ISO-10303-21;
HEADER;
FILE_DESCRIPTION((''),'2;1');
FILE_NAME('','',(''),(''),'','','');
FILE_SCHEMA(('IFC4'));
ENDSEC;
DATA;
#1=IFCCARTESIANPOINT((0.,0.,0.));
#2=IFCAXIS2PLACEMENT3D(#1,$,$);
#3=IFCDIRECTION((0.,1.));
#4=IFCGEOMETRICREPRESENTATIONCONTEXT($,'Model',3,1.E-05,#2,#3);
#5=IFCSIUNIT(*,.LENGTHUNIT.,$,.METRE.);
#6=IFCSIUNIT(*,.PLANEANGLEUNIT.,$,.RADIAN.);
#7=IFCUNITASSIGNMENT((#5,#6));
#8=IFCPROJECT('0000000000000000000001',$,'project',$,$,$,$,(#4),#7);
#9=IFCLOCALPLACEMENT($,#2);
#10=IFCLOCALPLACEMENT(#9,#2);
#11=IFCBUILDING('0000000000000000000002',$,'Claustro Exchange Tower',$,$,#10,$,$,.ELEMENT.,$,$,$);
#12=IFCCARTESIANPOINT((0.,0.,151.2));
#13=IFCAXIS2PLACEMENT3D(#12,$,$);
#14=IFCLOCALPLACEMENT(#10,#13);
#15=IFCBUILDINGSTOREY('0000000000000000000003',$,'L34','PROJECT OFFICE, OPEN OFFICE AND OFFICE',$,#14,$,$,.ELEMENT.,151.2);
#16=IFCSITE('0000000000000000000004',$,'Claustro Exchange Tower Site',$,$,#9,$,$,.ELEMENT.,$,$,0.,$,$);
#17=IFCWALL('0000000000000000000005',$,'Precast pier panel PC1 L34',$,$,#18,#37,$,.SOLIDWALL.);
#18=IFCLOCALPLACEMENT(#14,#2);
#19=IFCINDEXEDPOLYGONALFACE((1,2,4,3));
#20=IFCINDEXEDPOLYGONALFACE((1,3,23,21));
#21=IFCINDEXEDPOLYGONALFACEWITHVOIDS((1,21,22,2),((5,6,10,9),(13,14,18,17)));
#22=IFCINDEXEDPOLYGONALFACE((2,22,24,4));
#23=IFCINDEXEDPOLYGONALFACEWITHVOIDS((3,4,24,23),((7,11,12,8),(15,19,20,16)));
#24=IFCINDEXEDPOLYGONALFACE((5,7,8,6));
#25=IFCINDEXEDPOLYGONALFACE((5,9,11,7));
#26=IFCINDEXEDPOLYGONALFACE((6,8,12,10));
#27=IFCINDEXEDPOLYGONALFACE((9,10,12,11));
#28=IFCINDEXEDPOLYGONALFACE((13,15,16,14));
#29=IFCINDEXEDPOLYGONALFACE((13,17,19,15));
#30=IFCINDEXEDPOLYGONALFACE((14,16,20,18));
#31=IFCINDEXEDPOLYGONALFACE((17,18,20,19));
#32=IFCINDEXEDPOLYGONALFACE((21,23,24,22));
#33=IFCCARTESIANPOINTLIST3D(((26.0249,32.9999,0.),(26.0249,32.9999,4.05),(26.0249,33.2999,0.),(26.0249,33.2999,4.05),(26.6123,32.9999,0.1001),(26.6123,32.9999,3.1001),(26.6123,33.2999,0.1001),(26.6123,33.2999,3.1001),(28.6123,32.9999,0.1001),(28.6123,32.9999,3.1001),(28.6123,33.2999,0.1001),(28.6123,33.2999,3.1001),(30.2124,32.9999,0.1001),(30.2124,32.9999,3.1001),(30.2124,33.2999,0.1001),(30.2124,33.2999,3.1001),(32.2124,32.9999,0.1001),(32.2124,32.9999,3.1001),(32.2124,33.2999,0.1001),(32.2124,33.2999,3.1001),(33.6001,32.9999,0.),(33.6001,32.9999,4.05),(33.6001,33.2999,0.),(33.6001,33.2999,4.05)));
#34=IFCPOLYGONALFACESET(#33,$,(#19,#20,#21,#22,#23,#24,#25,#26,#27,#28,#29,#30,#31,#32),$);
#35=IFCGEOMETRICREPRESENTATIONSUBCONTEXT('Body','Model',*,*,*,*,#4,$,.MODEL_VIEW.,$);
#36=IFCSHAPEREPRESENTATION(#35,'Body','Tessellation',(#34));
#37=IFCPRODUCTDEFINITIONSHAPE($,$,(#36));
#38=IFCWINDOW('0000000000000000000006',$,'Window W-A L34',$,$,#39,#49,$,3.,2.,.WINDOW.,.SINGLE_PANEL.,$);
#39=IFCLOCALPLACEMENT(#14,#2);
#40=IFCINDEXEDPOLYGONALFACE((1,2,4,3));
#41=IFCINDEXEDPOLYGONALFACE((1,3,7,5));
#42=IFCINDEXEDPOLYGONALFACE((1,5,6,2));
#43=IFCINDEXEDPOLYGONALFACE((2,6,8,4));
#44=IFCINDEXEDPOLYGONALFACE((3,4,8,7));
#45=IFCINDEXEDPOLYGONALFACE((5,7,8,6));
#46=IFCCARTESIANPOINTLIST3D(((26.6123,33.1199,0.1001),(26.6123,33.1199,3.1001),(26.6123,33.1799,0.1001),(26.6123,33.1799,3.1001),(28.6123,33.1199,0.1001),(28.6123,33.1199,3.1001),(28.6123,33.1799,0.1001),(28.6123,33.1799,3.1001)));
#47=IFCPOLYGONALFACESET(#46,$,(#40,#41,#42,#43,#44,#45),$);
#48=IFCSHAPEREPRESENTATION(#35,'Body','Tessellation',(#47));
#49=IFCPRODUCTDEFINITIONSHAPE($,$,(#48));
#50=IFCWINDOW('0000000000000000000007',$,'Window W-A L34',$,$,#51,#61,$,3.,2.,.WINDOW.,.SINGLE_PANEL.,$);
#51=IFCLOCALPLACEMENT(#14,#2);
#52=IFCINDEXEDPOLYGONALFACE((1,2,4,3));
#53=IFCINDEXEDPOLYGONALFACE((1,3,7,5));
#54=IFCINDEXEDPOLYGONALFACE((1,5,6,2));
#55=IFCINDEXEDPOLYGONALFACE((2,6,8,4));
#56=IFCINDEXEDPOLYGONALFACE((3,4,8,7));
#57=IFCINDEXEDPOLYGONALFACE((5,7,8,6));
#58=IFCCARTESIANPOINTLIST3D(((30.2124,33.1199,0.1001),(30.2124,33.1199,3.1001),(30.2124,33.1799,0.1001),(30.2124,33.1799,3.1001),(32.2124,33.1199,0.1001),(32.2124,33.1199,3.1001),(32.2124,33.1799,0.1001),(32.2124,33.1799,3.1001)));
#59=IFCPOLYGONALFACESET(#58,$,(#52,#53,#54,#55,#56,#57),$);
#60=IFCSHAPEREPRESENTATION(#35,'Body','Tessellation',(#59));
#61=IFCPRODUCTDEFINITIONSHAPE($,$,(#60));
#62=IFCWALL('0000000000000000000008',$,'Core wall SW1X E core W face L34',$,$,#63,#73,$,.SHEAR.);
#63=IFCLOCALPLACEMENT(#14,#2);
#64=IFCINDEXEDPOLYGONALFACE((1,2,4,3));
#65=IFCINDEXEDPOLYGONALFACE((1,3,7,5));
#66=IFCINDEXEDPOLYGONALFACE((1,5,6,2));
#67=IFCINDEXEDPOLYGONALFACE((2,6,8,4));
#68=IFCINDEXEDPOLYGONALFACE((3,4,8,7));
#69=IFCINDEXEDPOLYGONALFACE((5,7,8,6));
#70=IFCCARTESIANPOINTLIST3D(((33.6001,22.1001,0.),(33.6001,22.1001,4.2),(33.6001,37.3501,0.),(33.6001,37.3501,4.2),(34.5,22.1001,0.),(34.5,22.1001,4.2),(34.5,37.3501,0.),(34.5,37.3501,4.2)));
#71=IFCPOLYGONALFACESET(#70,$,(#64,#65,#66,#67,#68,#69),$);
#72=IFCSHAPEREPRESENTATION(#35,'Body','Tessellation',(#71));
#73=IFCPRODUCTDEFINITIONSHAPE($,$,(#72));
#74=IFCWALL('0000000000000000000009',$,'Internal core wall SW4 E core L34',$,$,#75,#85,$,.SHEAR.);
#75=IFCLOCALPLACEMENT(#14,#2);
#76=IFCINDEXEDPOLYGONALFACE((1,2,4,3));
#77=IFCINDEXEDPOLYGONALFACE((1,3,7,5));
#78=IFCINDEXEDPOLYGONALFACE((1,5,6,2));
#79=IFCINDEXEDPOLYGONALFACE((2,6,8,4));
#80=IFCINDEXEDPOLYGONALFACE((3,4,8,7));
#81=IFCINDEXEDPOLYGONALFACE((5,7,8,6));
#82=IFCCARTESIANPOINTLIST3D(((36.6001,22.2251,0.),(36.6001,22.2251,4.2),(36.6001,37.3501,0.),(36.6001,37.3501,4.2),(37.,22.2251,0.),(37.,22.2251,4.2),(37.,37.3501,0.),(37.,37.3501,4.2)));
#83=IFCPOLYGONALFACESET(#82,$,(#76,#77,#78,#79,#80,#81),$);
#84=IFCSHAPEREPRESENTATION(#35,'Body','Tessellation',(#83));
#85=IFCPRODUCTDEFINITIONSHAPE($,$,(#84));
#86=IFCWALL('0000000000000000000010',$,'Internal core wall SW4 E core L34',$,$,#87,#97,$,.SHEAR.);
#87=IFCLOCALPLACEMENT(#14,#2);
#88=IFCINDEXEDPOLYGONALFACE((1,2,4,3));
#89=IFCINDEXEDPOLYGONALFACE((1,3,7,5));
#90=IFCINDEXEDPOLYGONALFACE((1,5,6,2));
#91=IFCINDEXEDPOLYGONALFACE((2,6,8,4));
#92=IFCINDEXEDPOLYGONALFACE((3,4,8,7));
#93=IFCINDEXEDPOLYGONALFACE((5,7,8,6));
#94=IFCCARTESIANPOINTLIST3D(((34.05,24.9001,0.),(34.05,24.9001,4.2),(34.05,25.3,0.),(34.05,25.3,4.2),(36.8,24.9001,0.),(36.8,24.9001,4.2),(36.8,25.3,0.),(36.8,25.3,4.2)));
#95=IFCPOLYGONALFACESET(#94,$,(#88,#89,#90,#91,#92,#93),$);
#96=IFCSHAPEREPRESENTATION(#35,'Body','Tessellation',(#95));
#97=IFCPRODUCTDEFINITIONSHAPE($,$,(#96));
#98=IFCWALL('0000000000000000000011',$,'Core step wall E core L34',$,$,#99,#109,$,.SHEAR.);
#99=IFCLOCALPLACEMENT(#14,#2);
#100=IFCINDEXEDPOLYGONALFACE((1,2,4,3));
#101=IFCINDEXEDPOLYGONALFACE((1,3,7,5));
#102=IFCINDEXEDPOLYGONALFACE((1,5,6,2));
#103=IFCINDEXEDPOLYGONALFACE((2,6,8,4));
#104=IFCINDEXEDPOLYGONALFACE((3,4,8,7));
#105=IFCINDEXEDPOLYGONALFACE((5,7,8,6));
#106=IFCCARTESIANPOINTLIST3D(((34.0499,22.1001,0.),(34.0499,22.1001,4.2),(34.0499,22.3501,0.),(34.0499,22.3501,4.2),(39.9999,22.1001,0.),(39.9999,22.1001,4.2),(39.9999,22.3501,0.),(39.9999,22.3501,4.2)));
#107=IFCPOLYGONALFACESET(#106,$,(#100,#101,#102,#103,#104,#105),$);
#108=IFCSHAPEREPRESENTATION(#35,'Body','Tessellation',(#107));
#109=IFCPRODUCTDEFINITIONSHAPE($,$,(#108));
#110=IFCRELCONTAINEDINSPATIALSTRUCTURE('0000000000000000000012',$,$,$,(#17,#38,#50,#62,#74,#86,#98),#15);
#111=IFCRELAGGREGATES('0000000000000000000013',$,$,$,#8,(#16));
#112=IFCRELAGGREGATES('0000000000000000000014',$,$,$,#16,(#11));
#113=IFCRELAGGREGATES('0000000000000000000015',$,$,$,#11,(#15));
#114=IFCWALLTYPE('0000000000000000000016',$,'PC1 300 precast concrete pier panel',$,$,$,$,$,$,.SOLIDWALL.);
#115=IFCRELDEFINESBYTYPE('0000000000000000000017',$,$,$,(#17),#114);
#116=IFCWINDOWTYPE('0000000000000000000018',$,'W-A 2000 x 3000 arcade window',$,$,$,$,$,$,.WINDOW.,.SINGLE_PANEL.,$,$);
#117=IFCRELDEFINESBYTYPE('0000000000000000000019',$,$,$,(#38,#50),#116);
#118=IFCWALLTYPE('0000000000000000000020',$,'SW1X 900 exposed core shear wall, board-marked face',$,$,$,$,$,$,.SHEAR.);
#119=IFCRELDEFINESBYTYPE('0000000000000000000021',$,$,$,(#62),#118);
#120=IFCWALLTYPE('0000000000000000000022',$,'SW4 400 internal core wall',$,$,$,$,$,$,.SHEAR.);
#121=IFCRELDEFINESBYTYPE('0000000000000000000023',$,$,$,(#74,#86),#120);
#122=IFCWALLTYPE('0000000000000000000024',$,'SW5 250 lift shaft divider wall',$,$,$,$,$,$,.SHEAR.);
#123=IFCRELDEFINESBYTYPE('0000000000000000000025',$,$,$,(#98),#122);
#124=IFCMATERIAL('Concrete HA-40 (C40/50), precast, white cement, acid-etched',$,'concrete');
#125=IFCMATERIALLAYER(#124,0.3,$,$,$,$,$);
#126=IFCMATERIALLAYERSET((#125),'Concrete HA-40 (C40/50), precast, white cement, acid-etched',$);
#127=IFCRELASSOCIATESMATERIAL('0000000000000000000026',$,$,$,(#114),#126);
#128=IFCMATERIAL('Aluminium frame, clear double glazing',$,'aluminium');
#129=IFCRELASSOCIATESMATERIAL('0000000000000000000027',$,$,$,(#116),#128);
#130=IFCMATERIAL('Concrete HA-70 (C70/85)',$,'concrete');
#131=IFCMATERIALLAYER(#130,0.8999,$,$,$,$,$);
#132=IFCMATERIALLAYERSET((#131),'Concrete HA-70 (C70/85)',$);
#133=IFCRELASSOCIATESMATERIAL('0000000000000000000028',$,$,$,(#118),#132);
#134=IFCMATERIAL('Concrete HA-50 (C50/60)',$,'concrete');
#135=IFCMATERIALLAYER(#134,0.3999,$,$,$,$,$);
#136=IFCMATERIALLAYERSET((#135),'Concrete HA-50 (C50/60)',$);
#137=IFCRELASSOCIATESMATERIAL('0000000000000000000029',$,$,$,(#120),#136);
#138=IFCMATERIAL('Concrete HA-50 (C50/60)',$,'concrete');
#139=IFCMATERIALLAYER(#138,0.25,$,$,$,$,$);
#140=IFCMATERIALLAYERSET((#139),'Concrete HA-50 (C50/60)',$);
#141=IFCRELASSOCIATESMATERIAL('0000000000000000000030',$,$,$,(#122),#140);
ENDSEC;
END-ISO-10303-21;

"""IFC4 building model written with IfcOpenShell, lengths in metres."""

from ifc_helpers import new_model, si_unit, direction, frame, frame_2d, origin, place, context, subcontext, project, spatial, rectangle, extrude, material, layer, layer_set, type_object, element, fill, save


model = new_model("IFC4")

# Units and contexts
model_context = context("Model", 3, precision=1e-05, world=origin(), true_north=direction((0.0, 1.0)))
body_context = subcontext(model_context, "Body", "Model", "MODEL_VIEW")
ifc_project = project(units=[si_unit("LENGTHUNIT", "METRE"), si_unit("PLANEANGLEUNIT", "RADIAN")], contexts=[model_context])

# Site, building, storey
site_placement = place(None, origin())
site = spatial("IfcSite", under=ifc_project, at=site_placement, Name="Claustro Exchange Tower Site", CompositionType="ELEMENT", RefElevation=0.0)
building_placement = place(site_placement, origin())
building = spatial("IfcBuilding", under=site, at=building_placement, Name="Claustro Exchange Tower", CompositionType="ELEMENT")
storey_placement = place(building_placement, frame((0.0, 0.0, 151.2)))
storey = spatial("IfcBuildingStorey", under=building, at=storey_placement, Name="L34", Description="PROJECT OFFICE, OPEN OFFICE AND OFFICE", CompositionType="ELEMENT", Elevation=151.2)

# Wall, openings, windows
ifc_material_1 = material(Name="Concrete HA-40 (C40/50), precast, white cement, acid-etched", Category="concrete")
ifc_layer_1 = layer(ifc_material_1, 0.3)
ifc_layer_set_1 = layer_set([ifc_layer_1], Name="Concrete HA-40 (C40/50), precast, white cement, acid-etched")
wall_type_1 = type_object("IfcWallType", Name="PC1 300 precast concrete pier panel", PredefinedType="SOLIDWALL", material=ifc_layer_set_1)
wall_1_placement = place(storey_placement, frame((26.0249, 33.1499, 0.0), z_axis=(0.0, 0.0, 1.0), x_axis=(1.0, 0.0, 0.0)))
wall_1 = element("IfcWall", 1, at=wall_1_placement, inside=storey, type_object=wall_type_1, Name="Precast pier panel PC1 L34", PredefinedType="SOLIDWALL", context=body_context, shape_type="SweptSolid", body=[
    extrude(rectangle(XDim=7.5752, YDim=0.3, at=frame_2d((3.7876, 0.0))), origin(), (0.0, 0.0, 1.0), 4.05),
])
opening_1_placement = place(wall_1_placement, frame((0.5874, 0.0, 0.1001)))
opening_1 = element("IfcOpeningElement", 2, at=opening_1_placement, cuts=wall_1, PredefinedType="OPENING", context=body_context, shape_type="SweptSolid", body=[
    extrude(rectangle(XDim=2.0, YDim=3.0, at=frame_2d((1.0, 1.5))), frame((0.0, 0.1599, 0.0), z_axis=(0.0, -1.0, 0.0), x_axis=(1.0, 0.0, 0.0)), (0.0, 0.0, 1.0), 0.3201),
])
opening_2_placement = place(wall_1_placement, frame((4.1875, 0.0, 0.1001)))
opening_2 = element("IfcOpeningElement", 3, at=opening_2_placement, cuts=wall_1, PredefinedType="OPENING", context=body_context, shape_type="SweptSolid", body=[
    extrude(rectangle(XDim=2.0, YDim=3.0, at=frame_2d((1.0, 1.5))), frame((0.0, 0.1599, 0.0), z_axis=(0.0, -1.0, 0.0), x_axis=(1.0, 0.0, 0.0)), (0.0, 0.0, 1.0), 0.3201),
])
ifc_material_2 = material(Name="Aluminium frame, clear double glazing", Category="aluminium")
window_type = type_object("IfcWindowType", Name="W-A 2000 x 3000 arcade window", PartitioningType="SINGLE_PANEL", PredefinedType="WINDOW", material=ifc_material_2)
window_1_placement = place(opening_1_placement, origin())
window_1 = element("IfcWindow", 4, at=window_1_placement, inside=storey, type_object=window_type, Name="Window W-A L34", OverallHeight=3.0, OverallWidth=2.0, PartitioningType="SINGLE_PANEL", PredefinedType="WINDOW", context=body_context, shape_type="SweptSolid", body=[
    extrude(rectangle(XDim=2.0, YDim=3.0, at=frame_2d((1.0, 1.5))), frame((0.0, 0.03, 0.0), z_axis=(0.0, -1.0, 0.0), x_axis=(1.0, 0.0, 0.0)), (0.0, 0.0, 1.0), 0.0601),
])
fill(opening_1, window_1)
window_2_placement = place(opening_2_placement, origin())
window_2 = element("IfcWindow", 5, at=window_2_placement, inside=storey, type_object=window_type, Name="Window W-A L34", OverallHeight=3.0, OverallWidth=2.0, PartitioningType="SINGLE_PANEL", PredefinedType="WINDOW", context=body_context, shape_type="SweptSolid", body=[
    extrude(rectangle(XDim=2.0, YDim=3.0, at=frame_2d((1.0, 1.5))), frame((0.0, 0.03, 0.0), z_axis=(0.0, -1.0, 0.0), x_axis=(1.0, 0.0, 0.0)), (0.0, 0.0, 1.0), 0.0601),
])
fill(opening_2, window_2)

# Walls
ifc_material_3 = material(Name="Concrete HA-70 (C70/85)", Category="concrete")
ifc_layer_2 = layer(ifc_material_3, 0.8999)
ifc_layer_set_2 = layer_set([ifc_layer_2], Name="Concrete HA-70 (C70/85)")
wall_type_2 = type_object("IfcWallType", Name="SW1X 900 exposed core shear wall, board-marked face", PredefinedType="SHEAR", material=ifc_layer_set_2)
wall_2_placement = place(storey_placement, frame((34.05, 22.1001, 0.0), z_axis=(0.0, 0.0, 1.0), x_axis=(0.0, 1.0, 0.0)))
element("IfcWall", 6, at=wall_2_placement, inside=storey, type_object=wall_type_2, Name="Core wall SW1X E core W face L34", PredefinedType="SHEAR", context=body_context, shape_type="SweptSolid", body=[
    extrude(rectangle(XDim=15.25, YDim=0.8999, at=frame_2d((7.625, 0.0))), origin(), (0.0, 0.0, 1.0), 4.2),
])
ifc_material_4 = material(Name="Concrete HA-50 (C50/60)", Category="concrete")
ifc_layer_3 = layer(ifc_material_4, 0.3999)
ifc_layer_set_3 = layer_set([ifc_layer_3], Name="Concrete HA-50 (C50/60)")
wall_type_3 = type_object("IfcWallType", Name="SW4 400 internal core wall", PredefinedType="SHEAR", material=ifc_layer_set_3)
wall_3_placement = place(storey_placement, frame((36.8, 22.2251, 0.0), z_axis=(0.0, 0.0, 1.0), x_axis=(0.0, 1.0, 0.0)))
element("IfcWall", 7, at=wall_3_placement, inside=storey, type_object=wall_type_3, Name="Internal core wall SW4 E core L34", PredefinedType="SHEAR", context=body_context, shape_type="SweptSolid", body=[
    extrude(rectangle(XDim=15.125, YDim=0.3999, at=frame_2d((7.5625, 0.0))), origin(), (0.0, 0.0, 1.0), 4.2),
])
wall_4_placement = place(storey_placement, frame((36.8, 25.1001, 0.0), z_axis=(0.0, 0.0, 1.0), x_axis=(-1.0, 0.0, 0.0)))
element("IfcWall", 8, at=wall_4_placement, inside=storey, type_object=wall_type_3, Name="Internal core wall SW4 E core L34", PredefinedType="SHEAR", context=body_context, shape_type="SweptSolid", body=[
    extrude(rectangle(XDim=2.75, YDim=0.3999, at=frame_2d((1.375, 0.0))), origin(), (0.0, 0.0, 1.0), 4.2),
])
ifc_material_5 = material(Name="Concrete HA-50 (C50/60)", Category="concrete")
ifc_layer_4 = layer(ifc_material_5, 0.25)
ifc_layer_set_4 = layer_set([ifc_layer_4], Name="Concrete HA-50 (C50/60)")
wall_type_4 = type_object("IfcWallType", Name="SW5 250 lift shaft divider wall", PredefinedType="SHEAR", material=ifc_layer_set_4)
wall_5_placement = place(storey_placement, frame((40.0, 22.2251, 0.0), z_axis=(0.0, 0.0, 1.0), x_axis=(-1.0, 0.0, 0.0)))
element("IfcWall", 9, at=wall_5_placement, inside=storey, type_object=wall_type_4, Name="Core step wall E core L34", PredefinedType="SHEAR", context=body_context, shape_type="SweptSolid", body=[
    extrude(rectangle(XDim=5.95, YDim=0.25, at=frame_2d((2.9751, 0.0))), origin(), (0.0, 0.0, 1.0), 4.2),
])

save(model, "model.ifc")
